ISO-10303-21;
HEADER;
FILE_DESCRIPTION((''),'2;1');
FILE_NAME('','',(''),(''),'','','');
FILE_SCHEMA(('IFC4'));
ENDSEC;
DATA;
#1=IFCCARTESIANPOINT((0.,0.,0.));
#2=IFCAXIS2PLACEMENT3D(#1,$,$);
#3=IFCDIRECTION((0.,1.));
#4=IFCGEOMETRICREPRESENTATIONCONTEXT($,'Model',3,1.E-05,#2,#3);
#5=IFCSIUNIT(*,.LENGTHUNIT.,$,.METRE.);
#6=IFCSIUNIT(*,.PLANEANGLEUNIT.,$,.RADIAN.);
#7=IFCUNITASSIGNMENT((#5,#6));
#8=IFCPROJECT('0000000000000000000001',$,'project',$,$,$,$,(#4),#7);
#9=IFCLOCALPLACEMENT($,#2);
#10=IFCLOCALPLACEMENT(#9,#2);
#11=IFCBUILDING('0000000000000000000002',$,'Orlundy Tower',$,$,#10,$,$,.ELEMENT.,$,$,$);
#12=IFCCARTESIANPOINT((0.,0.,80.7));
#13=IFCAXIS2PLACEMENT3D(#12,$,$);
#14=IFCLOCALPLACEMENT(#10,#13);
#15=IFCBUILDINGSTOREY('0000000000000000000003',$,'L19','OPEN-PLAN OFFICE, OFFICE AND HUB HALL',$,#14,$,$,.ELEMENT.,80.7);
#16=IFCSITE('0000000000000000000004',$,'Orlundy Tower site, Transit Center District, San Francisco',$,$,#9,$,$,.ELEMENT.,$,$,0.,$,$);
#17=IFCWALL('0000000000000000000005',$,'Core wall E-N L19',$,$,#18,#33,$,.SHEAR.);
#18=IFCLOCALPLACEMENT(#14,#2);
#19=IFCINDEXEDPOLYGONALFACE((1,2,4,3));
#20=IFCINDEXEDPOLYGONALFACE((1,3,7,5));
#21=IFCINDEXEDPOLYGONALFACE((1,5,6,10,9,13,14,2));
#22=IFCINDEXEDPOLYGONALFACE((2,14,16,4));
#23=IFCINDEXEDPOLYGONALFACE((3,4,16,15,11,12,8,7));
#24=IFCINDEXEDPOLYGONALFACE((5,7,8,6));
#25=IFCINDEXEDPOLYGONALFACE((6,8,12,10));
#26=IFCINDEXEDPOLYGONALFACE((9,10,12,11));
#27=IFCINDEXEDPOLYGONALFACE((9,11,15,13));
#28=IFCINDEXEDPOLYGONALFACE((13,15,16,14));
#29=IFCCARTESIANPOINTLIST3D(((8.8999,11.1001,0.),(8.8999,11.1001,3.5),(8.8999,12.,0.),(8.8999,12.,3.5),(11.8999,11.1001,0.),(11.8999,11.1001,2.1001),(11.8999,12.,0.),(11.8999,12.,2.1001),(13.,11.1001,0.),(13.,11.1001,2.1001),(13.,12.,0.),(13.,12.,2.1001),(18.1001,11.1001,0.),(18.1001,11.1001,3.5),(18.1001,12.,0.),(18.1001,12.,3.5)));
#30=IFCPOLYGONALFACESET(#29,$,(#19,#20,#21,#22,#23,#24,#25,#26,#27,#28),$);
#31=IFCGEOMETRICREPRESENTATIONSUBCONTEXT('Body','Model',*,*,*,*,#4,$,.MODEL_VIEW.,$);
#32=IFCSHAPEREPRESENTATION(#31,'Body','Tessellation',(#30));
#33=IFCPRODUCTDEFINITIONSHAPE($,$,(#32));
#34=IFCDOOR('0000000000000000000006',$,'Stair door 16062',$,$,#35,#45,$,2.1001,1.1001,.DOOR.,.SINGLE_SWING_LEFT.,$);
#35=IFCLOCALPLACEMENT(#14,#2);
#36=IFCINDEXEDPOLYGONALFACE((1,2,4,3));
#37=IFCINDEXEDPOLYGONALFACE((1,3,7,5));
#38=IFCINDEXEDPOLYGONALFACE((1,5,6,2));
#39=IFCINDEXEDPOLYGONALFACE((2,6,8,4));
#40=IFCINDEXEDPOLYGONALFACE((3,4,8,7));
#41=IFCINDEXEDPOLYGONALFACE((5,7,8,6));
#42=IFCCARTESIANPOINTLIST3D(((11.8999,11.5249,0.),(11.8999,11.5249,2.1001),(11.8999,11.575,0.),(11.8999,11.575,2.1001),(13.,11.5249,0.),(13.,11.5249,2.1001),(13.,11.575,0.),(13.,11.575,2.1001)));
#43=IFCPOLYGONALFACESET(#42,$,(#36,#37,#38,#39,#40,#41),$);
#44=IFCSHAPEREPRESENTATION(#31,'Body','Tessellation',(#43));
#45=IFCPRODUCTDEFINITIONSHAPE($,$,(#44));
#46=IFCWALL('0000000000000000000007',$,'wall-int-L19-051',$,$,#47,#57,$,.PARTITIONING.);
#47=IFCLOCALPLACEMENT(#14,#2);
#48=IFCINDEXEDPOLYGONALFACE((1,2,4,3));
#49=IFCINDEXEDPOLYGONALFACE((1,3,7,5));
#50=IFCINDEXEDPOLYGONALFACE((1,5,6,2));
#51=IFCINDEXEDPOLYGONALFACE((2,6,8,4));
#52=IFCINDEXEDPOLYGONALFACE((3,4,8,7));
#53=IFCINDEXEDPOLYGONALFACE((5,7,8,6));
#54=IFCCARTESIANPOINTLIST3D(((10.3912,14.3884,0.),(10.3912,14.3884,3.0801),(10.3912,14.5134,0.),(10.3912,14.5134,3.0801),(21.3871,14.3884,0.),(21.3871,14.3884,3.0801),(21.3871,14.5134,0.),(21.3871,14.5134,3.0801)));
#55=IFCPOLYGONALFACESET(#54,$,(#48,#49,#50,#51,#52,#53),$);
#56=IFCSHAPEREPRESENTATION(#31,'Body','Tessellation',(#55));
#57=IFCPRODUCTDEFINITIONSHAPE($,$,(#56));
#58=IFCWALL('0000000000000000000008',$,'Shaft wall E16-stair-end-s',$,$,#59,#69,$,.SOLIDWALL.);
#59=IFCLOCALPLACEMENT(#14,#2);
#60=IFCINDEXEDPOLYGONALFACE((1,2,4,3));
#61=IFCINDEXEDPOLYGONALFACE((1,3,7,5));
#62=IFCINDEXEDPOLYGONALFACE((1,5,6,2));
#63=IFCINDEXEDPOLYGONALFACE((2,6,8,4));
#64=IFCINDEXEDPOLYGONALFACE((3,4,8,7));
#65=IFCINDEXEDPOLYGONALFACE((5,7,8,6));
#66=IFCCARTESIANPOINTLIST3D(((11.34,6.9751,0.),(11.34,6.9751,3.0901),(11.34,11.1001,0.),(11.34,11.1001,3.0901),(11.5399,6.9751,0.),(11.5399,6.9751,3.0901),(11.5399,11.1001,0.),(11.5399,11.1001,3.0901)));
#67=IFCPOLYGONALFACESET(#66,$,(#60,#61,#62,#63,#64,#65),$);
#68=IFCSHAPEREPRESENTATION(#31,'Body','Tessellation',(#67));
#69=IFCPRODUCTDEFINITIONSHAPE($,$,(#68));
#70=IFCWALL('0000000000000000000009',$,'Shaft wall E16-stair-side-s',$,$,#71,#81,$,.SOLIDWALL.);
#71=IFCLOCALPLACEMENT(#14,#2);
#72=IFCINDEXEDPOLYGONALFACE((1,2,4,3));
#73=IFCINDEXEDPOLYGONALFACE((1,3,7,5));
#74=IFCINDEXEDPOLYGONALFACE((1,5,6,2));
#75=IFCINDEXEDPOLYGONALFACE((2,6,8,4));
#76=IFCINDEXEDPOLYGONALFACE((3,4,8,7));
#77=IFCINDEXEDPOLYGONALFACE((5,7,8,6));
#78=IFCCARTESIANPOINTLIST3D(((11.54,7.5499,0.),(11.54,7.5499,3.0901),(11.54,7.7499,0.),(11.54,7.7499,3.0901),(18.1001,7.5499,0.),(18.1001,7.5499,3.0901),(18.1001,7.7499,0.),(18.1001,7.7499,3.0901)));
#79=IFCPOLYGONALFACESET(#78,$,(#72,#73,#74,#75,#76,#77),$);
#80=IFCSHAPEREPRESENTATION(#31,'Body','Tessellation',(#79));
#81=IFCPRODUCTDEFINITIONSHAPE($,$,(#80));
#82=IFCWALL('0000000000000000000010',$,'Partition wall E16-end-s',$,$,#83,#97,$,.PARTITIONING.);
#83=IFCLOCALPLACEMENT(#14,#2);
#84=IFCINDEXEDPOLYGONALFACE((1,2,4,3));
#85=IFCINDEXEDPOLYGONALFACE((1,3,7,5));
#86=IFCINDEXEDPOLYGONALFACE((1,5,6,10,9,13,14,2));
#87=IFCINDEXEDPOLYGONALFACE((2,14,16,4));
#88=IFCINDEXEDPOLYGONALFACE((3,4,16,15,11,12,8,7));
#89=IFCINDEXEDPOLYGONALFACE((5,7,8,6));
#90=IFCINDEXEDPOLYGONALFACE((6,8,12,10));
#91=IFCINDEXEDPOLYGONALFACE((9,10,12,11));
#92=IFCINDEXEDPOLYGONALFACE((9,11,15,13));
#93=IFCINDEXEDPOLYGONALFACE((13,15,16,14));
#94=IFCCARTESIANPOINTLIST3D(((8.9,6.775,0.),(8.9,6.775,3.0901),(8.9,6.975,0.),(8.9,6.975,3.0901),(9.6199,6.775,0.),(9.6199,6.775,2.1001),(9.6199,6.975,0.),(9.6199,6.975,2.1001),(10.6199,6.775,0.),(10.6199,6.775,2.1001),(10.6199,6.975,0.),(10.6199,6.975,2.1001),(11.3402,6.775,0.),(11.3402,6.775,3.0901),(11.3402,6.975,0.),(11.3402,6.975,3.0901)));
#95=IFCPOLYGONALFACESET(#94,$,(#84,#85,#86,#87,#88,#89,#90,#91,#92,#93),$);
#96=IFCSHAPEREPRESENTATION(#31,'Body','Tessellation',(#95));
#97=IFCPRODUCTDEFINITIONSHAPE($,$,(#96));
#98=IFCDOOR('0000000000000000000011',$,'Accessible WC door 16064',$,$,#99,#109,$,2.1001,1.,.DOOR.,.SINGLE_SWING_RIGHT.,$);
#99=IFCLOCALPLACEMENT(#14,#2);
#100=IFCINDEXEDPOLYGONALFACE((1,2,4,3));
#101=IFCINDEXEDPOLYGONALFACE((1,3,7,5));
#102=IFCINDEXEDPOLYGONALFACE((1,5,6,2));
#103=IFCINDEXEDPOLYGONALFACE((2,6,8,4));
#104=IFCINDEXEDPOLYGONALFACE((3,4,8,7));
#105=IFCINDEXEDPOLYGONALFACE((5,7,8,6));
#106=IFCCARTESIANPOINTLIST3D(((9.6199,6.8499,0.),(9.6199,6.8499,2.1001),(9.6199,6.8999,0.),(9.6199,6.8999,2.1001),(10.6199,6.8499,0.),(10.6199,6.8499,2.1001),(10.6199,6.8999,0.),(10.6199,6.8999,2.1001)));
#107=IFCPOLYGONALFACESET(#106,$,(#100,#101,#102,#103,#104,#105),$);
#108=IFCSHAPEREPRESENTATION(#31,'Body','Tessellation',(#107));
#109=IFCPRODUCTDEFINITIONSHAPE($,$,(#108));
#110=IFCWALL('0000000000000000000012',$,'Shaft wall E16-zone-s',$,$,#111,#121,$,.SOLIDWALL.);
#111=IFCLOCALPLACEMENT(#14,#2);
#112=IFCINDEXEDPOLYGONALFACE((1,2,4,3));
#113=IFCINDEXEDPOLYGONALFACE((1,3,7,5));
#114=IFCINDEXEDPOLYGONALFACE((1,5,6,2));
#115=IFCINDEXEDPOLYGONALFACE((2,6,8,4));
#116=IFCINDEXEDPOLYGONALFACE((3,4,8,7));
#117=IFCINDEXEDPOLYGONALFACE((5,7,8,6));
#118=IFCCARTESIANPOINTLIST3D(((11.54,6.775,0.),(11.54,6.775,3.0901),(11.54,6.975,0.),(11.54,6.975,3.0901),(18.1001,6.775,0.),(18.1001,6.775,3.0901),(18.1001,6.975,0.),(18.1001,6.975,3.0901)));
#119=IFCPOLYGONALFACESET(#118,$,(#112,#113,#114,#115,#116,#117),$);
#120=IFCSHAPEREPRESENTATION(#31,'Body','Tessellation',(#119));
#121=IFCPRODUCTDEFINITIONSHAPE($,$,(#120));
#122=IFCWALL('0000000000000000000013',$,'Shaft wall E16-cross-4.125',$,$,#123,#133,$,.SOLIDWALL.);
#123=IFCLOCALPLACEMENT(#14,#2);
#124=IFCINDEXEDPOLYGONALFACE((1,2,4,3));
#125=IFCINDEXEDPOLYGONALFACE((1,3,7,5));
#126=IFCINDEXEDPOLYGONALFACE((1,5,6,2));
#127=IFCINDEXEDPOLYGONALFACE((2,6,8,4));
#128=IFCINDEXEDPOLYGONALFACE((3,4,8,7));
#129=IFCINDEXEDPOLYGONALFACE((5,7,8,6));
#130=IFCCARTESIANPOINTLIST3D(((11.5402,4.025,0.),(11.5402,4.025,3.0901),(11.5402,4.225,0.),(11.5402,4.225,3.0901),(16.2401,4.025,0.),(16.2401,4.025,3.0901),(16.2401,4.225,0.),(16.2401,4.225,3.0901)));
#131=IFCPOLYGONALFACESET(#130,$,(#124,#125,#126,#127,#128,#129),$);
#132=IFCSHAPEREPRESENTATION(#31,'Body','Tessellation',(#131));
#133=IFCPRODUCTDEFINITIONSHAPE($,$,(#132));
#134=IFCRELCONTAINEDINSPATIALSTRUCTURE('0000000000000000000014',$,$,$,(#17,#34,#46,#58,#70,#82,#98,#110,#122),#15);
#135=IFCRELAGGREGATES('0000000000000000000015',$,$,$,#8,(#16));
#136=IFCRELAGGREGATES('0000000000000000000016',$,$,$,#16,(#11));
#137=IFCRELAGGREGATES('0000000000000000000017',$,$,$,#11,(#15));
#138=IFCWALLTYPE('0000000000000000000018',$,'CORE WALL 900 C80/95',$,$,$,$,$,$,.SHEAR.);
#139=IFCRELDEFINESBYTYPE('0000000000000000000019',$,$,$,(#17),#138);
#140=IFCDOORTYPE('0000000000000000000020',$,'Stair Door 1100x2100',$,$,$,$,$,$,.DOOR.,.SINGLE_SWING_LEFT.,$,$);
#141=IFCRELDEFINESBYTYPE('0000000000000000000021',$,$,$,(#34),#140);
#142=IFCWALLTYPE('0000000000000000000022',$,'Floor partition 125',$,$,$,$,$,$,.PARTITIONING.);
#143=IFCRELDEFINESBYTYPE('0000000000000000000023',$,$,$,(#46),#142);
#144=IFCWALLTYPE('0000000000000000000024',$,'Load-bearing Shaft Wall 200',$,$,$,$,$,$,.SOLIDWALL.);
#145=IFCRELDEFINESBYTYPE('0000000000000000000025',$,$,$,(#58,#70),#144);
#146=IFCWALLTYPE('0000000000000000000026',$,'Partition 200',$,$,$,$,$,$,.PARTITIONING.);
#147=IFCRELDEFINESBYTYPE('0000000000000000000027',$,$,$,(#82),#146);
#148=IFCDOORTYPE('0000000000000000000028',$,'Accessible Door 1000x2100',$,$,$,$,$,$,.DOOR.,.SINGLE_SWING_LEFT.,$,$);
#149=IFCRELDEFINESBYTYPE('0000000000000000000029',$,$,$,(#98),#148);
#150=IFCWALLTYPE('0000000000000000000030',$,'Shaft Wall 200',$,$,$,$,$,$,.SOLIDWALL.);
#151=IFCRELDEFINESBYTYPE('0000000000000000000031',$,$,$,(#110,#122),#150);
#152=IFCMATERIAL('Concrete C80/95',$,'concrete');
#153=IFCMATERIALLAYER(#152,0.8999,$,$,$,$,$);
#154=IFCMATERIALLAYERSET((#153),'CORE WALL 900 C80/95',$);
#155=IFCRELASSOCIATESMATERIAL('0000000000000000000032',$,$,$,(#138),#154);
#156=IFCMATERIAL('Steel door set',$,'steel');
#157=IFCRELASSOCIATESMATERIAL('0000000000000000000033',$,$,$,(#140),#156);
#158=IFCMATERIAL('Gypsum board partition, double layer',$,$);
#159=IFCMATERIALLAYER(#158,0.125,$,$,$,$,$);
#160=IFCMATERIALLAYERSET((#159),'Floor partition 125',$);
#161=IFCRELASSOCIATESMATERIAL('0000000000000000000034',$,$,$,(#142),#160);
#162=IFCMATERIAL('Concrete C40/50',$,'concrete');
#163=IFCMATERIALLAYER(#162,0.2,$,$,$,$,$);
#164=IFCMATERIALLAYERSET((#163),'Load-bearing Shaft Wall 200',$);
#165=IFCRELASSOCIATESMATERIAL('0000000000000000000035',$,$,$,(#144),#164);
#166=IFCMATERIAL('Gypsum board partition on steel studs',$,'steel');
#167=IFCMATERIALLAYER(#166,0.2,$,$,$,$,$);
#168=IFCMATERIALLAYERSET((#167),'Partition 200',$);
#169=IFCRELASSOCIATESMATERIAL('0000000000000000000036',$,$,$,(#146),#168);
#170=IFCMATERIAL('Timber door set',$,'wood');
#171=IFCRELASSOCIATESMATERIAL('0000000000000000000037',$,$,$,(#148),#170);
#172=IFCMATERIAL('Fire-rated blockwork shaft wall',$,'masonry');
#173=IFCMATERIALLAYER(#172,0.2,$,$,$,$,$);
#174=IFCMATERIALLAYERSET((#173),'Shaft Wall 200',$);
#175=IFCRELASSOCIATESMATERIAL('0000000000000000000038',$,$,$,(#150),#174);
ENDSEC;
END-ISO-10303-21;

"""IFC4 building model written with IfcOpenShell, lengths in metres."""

from ifc_helpers import new_model, si_unit, direction, frame, frame_2d, origin, place, context, subcontext, project, spatial, rectangle, extrude, material, layer, layer_set, type_object, element, fill, save


model = new_model("IFC4")

# Units and contexts
model_context = context("Model", 3, precision=1e-05, world=origin(), true_north=direction((0.0, 1.0)))
body_context = subcontext(model_context, "Body", "Model", "MODEL_VIEW")
ifc_project = project(units=[si_unit("LENGTHUNIT", "METRE"), si_unit("PLANEANGLEUNIT", "RADIAN")], contexts=[model_context])

# Site, building, storey
site_placement = place(None, origin())
site = spatial("IfcSite", under=ifc_project, at=site_placement, Name="Orlundy Tower site, Transit Center District, San Francisco", CompositionType="ELEMENT", RefElevation=0.0)
building_placement = place(site_placement, origin())
building = spatial("IfcBuilding", under=site, at=building_placement, Name="Orlundy Tower", CompositionType="ELEMENT")
storey_placement = place(building_placement, frame((0.0, 0.0, 80.7)))
storey = spatial("IfcBuildingStorey", under=building, at=storey_placement, Name="L19", Description="OPEN-PLAN OFFICE, OFFICE AND HUB HALL", CompositionType="ELEMENT", Elevation=80.7)

# Wall, opening, door
ifc_material_1 = material(Name="Concrete C80/95", Category="concrete")
ifc_layer_1 = layer(ifc_material_1, 0.8999)
ifc_layer_set_1 = layer_set([ifc_layer_1], Name="CORE WALL 900 C80/95")
wall_type_1 = type_object("IfcWallType", Name="CORE WALL 900 C80/95", PredefinedType="SHEAR", material=ifc_layer_set_1)
wall_1_placement = place(storey_placement, frame((8.8999, 11.55, 0.0), z_axis=(0.0, 0.0, 1.0), x_axis=(1.0, 0.0, 0.0)))
wall_1 = element("IfcWall", 1, at=wall_1_placement, inside=storey, type_object=wall_type_1, Name="Core wall E-N L19", PredefinedType="SHEAR", context=body_context, shape_type="SweptSolid", body=[
    extrude(rectangle(XDim=9.2002, YDim=0.8999, at=frame_2d((4.6001, 0.0))), origin(), (0.0, 0.0, 1.0), 3.5),
])
opening_1_placement = place(wall_1_placement, frame((3.0, 0.0, 0.0)))
opening_1 = element("IfcOpeningElement", 2, at=opening_1_placement, cuts=wall_1, PredefinedType="OPENING", context=body_context, shape_type="SweptSolid", body=[
    extrude(rectangle(XDim=1.1001, YDim=2.1001, at=frame_2d((0.55, 1.05))), frame((0.0, 0.46, 0.0), z_axis=(0.0, -1.0, 0.0), x_axis=(1.0, 0.0, 0.0)), (0.0, 0.0, 1.0), 0.9199),
])
ifc_material_2 = material(Name="Steel door set", Category="steel")
door_type_1 = type_object("IfcDoorType", Name="Stair Door 1100x2100", OperationType="SINGLE_SWING_LEFT", PredefinedType="DOOR", material=ifc_material_2)
door_1_placement = place(opening_1_placement, origin())
door_1 = element("IfcDoor", 3, at=door_1_placement, inside=storey, type_object=door_type_1, Name="Stair door 16062", OperationType="SINGLE_SWING_LEFT", OverallHeight=2.1001, OverallWidth=1.1001, PredefinedType="DOOR", context=body_context, shape_type="SweptSolid", body=[
    extrude(rectangle(XDim=1.1001, YDim=2.1001, at=frame_2d((0.55, 1.05))), frame((0.0, 0.0249, 0.0), z_axis=(0.0, -1.0, 0.0), x_axis=(1.0, 0.0, 0.0)), (0.0, 0.0, 1.0), 0.05),
])
fill(opening_1, door_1)

# Walls
ifc_material_3 = material(Name="Gypsum board partition, double layer")
ifc_layer_2 = layer(ifc_material_3, 0.125)
ifc_layer_set_2 = layer_set([ifc_layer_2], Name="Floor partition 125")
wall_type_2 = type_object("IfcWallType", Name="Floor partition 125", PredefinedType="PARTITIONING", material=ifc_layer_set_2)
wall_2_placement = place(storey_placement, frame((10.3911, 14.4509, 0.0), z_axis=(0.0, 0.0, 1.0), x_axis=(1.0, 0.0, 0.0)))
element("IfcWall", 4, at=wall_2_placement, inside=storey, type_object=wall_type_2, Name="wall-int-L19-051", PredefinedType="PARTITIONING", context=body_context, shape_type="SweptSolid", body=[
    extrude(rectangle(XDim=10.9958, YDim=0.125, at=frame_2d((5.498, 0.0))), origin(), (0.0, 0.0, 1.0), 3.0801),
])
ifc_material_4 = material(Name="Concrete C40/50", Category="concrete")
ifc_layer_3 = layer(ifc_material_4, 0.2)
ifc_layer_set_3 = layer_set([ifc_layer_3], Name="Load-bearing Shaft Wall 200")
wall_type_3 = type_object("IfcWallType", Name="Load-bearing Shaft Wall 200", PredefinedType="SOLIDWALL", material=ifc_layer_set_3)
wall_3_placement = place(storey_placement, frame((11.4399, 11.1001, 0.0), z_axis=(0.0, 0.0, 1.0), x_axis=(0.0, -1.0, 0.0)))
element("IfcWall", 5, at=wall_3_placement, inside=storey, type_object=wall_type_3, Name="Shaft wall E16-stair-end-s", PredefinedType="SOLIDWALL", context=body_context, shape_type="SweptSolid", body=[
    extrude(rectangle(XDim=4.125, YDim=0.2, at=frame_2d((2.0625, 0.0))), origin(), (0.0, 0.0, 1.0), 3.0901),
])
wall_4_placement = place(storey_placement, frame((11.54, 7.6499, 0.0), z_axis=(0.0, 0.0, 1.0), x_axis=(1.0, 0.0, 0.0)))
element("IfcWall", 6, at=wall_4_placement, inside=storey, type_object=wall_type_3, Name="Shaft wall E16-stair-side-s", PredefinedType="SOLIDWALL", context=body_context, shape_type="SweptSolid", body=[
    extrude(rectangle(XDim=6.5601, YDim=0.2, at=frame_2d((3.28, 0.0))), origin(), (0.0, 0.0, 1.0), 3.0901),
])

# Wall, opening, door
ifc_material_5 = material(Name="Gypsum board partition on steel studs", Category="steel")
ifc_layer_4 = layer(ifc_material_5, 0.2)
ifc_layer_set_4 = layer_set([ifc_layer_4], Name="Partition 200")
wall_type_4 = type_object("IfcWallType", Name="Partition 200", PredefinedType="PARTITIONING", material=ifc_layer_set_4)
wall_5_placement = place(storey_placement, frame((8.8999, 6.875, 0.0), z_axis=(0.0, 0.0, 1.0), x_axis=(1.0, 0.0, 0.0)))
wall_5 = element("IfcWall", 7, at=wall_5_placement, inside=storey, type_object=wall_type_4, Name="Partition wall E16-end-s", PredefinedType="PARTITIONING", context=body_context, shape_type="SweptSolid", body=[
    extrude(rectangle(XDim=2.4402, YDim=0.2, at=frame_2d((1.2202, 0.0))), origin(), (0.0, 0.0, 1.0), 3.0901),
])
opening_2_placement = place(wall_5_placement, frame((0.72, 0.0, 0.0)))
opening_2 = element("IfcOpeningElement", 8, at=opening_2_placement, cuts=wall_5, PredefinedType="OPENING", context=body_context, shape_type="SweptSolid", body=[
    extrude(rectangle(XDim=1.0, YDim=2.1001, at=frame_2d((0.5, 1.05))), frame((0.0, 0.1101, 0.0), z_axis=(0.0, -1.0, 0.0), x_axis=(1.0, 0.0, 0.0)), (0.0, 0.0, 1.0), 0.2202),
])
ifc_material_6 = material(Name="Timber door set", Category="wood")
door_type_2 = type_object("IfcDoorType", Name="Accessible Door 1000x2100", OperationType="SINGLE_SWING_LEFT", PredefinedType="DOOR", material=ifc_material_6)
door_2_placement = place(opening_2_placement, origin())
door_2 = element("IfcDoor", 9, at=door_2_placement, inside=storey, type_object=door_type_2, Name="Accessible WC door 16064", OperationType="SINGLE_SWING_RIGHT", OverallHeight=2.1001, OverallWidth=1.0, PredefinedType="DOOR", context=body_context, shape_type="SweptSolid", body=[
    extrude(rectangle(XDim=1.0, YDim=2.1001, at=frame_2d((0.5, 1.05))), frame((0.0, 0.0249, 0.0), z_axis=(0.0, -1.0, 0.0), x_axis=(1.0, 0.0, 0.0)), (0.0, 0.0, 1.0), 0.05),
])
fill(opening_2, door_2)

# Walls
ifc_material_7 = material(Name="Fire-rated blockwork shaft wall", Category="masonry")
ifc_layer_5 = layer(ifc_material_7, 0.2)
ifc_layer_set_5 = layer_set([ifc_layer_5], Name="Shaft Wall 200")
wall_type_5 = type_object("IfcWallType", Name="Shaft Wall 200", PredefinedType="SOLIDWALL", material=ifc_layer_set_5)
wall_6_placement = place(storey_placement, frame((11.54, 6.875, 0.0), z_axis=(0.0, 0.0, 1.0), x_axis=(1.0, 0.0, 0.0)))
element("IfcWall", 10, at=wall_6_placement, inside=storey, type_object=wall_type_5, Name="Shaft wall E16-zone-s", PredefinedType="SOLIDWALL", context=body_context, shape_type="SweptSolid", body=[
    extrude(rectangle(XDim=6.5601, YDim=0.2, at=frame_2d((3.28, 0.0))), origin(), (0.0, 0.0, 1.0), 3.0901),
])
wall_7_placement = place(storey_placement, frame((11.54, 4.125, 0.0), z_axis=(0.0, 0.0, 1.0), x_axis=(1.0, 0.0, 0.0)))
element("IfcWall", 11, at=wall_7_placement, inside=storey, type_object=wall_type_5, Name="Shaft wall E16-cross-4.125", PredefinedType="SOLIDWALL", context=body_context, shape_type="SweptSolid", body=[
    extrude(rectangle(XDim=4.7, YDim=0.2, at=frame_2d((2.3501, 0.0))), origin(), (0.0, 0.0, 1.0), 3.0901),
])

save(model, "model.ifc")
